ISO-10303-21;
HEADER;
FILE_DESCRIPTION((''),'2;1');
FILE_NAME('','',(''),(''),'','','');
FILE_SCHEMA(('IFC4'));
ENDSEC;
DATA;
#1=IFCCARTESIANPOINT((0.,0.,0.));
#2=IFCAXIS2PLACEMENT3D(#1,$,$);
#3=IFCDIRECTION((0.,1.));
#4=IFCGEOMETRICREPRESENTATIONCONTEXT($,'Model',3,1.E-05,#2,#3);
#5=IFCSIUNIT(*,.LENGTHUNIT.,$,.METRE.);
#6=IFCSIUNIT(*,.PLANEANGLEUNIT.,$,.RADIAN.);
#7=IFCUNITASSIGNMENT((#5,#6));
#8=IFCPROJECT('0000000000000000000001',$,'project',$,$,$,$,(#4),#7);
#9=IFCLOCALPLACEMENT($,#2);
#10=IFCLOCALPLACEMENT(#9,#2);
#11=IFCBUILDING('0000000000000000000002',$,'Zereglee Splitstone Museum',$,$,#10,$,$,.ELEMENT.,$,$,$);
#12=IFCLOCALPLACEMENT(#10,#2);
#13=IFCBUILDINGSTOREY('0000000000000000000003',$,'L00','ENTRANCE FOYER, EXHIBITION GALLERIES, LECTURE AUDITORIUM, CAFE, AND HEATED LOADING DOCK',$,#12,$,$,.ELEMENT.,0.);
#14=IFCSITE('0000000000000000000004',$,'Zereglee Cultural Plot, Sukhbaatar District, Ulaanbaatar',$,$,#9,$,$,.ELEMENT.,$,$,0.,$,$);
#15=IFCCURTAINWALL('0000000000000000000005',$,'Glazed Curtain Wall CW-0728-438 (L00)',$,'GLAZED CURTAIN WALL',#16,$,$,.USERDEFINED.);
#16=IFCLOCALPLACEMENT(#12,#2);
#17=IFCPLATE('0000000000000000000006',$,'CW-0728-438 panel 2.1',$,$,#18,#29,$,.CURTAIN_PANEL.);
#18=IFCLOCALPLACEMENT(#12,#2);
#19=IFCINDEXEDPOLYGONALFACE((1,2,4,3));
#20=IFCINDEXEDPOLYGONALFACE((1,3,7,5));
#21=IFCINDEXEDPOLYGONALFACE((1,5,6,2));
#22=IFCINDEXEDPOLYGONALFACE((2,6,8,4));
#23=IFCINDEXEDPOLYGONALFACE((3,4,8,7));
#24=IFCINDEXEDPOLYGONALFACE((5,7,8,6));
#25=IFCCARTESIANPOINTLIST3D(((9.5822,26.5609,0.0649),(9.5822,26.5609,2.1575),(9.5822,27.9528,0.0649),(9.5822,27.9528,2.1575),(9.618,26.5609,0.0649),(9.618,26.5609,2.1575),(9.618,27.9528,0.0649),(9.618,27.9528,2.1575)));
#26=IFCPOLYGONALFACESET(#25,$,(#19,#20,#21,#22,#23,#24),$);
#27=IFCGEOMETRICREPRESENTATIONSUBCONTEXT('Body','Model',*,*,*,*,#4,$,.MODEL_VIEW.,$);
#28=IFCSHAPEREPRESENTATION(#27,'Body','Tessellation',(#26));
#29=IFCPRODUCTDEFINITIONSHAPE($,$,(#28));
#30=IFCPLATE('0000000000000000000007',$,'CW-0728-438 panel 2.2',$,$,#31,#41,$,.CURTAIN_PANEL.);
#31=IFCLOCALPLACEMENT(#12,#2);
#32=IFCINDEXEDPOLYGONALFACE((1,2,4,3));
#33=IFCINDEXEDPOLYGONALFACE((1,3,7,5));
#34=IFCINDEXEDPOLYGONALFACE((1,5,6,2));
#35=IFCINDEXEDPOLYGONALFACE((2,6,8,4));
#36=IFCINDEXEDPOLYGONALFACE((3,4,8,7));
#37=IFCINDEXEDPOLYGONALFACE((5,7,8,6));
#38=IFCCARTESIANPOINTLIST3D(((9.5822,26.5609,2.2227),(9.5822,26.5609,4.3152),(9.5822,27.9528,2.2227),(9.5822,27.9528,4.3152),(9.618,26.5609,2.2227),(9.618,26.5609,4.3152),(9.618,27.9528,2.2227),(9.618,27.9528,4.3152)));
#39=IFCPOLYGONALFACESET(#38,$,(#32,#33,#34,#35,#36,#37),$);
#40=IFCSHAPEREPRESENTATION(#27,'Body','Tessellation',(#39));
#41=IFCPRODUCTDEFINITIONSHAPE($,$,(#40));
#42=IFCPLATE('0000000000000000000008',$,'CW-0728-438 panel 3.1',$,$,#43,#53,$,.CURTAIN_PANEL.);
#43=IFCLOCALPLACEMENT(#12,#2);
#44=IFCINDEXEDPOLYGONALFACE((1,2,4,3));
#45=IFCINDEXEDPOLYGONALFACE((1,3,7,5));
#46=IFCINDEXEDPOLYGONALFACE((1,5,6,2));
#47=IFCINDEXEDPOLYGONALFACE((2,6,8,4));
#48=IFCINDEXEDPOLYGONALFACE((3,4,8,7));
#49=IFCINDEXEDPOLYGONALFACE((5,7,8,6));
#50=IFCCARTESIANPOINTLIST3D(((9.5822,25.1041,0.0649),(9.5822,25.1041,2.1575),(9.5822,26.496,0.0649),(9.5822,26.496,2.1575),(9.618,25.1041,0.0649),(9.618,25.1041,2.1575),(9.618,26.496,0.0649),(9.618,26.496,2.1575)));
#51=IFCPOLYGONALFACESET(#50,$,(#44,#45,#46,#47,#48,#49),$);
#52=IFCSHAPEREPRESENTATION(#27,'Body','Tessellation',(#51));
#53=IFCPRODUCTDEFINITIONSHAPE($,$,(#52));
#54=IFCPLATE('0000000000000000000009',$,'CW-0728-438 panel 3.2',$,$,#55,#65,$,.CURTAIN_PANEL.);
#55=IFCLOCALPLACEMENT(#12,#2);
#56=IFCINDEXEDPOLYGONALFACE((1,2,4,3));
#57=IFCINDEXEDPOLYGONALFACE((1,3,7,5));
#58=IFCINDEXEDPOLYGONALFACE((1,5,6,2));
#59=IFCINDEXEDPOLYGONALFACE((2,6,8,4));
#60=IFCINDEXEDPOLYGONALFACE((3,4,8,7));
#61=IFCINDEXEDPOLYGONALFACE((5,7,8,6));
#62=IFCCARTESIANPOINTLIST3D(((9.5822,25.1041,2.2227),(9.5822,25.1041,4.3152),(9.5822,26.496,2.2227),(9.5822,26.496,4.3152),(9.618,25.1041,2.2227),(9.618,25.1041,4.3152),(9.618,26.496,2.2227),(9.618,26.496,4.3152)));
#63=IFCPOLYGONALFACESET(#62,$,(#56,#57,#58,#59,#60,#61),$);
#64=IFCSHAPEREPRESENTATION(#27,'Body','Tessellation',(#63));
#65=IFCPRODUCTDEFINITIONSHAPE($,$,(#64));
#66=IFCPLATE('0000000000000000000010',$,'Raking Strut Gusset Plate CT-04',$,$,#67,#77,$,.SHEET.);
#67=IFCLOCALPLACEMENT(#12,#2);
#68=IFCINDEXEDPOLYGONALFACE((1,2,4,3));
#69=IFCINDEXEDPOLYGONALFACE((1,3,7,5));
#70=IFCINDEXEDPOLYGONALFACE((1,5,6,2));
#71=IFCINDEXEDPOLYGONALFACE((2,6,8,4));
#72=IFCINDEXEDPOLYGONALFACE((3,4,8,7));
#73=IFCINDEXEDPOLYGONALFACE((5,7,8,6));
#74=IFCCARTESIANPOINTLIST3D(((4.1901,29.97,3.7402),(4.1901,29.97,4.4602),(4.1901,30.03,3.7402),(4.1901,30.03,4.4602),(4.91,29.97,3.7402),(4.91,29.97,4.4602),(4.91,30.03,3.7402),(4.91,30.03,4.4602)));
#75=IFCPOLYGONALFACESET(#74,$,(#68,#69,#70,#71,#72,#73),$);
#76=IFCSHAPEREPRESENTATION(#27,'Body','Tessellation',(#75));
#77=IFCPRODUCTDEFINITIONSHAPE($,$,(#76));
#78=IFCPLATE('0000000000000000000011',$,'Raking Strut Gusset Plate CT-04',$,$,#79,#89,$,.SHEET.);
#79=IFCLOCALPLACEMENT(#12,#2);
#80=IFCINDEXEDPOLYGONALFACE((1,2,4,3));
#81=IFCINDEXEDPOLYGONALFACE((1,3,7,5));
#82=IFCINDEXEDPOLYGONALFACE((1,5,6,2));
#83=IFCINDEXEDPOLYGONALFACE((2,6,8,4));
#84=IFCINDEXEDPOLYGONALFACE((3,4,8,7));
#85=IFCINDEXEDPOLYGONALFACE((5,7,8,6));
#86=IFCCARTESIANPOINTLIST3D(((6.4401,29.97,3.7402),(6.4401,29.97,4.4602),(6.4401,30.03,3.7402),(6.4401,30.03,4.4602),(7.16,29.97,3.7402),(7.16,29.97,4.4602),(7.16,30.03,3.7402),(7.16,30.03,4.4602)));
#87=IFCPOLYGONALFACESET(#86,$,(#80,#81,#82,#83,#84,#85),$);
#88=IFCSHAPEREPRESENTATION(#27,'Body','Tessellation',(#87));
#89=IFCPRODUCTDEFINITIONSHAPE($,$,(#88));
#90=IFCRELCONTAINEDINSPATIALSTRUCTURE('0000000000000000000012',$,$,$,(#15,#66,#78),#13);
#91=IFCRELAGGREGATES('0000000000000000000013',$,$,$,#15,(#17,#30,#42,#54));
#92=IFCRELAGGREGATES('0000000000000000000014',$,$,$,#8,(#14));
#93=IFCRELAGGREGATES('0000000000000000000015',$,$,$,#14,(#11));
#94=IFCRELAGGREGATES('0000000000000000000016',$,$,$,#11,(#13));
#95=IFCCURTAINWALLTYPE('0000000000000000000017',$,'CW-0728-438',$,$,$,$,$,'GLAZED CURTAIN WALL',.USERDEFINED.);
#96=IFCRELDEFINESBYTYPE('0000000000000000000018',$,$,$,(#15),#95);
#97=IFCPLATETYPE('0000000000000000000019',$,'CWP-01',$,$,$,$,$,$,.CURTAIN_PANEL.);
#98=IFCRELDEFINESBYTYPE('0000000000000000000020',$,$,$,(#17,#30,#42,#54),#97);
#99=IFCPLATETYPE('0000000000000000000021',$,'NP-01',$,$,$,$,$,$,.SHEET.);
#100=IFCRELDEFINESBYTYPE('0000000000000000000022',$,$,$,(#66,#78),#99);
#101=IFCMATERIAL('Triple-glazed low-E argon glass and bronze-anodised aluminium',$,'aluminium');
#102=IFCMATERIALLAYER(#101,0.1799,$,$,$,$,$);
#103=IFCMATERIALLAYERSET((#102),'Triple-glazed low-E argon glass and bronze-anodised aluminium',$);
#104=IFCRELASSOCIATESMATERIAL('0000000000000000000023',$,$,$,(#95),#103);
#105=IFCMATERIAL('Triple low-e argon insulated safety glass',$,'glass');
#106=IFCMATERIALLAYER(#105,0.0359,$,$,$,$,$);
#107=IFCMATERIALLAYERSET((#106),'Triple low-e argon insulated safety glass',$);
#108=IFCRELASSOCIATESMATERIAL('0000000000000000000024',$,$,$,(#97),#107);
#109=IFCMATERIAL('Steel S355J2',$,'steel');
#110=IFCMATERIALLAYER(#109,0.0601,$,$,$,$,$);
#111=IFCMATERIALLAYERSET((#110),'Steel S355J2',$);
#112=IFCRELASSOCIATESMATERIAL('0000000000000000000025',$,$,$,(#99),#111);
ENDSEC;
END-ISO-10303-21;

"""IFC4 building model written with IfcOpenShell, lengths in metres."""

from ifc_helpers import new_model, si_unit, direction, frame, origin, origin_2d, place, context, subcontext, project, spatial, rectangle, extrude, material, layer, layer_set, type_object, element, aggregate, save


model = new_model("IFC4")

# Units and contexts
model_context = context("Model", 3, precision=1e-05, world=origin(), true_north=direction((0.0, 1.0)))
body_context = subcontext(model_context, "Body", "Model", "MODEL_VIEW")
ifc_project = project(units=[si_unit("LENGTHUNIT", "METRE"), si_unit("PLANEANGLEUNIT", "RADIAN")], contexts=[model_context])

# Site, building, storey
site_placement = place(None, origin())
site = spatial("IfcSite", under=ifc_project, at=site_placement, Name="Zereglee Cultural Plot, Sukhbaatar District, Ulaanbaatar", CompositionType="ELEMENT", RefElevation=0.0)
building_placement = place(site_placement, origin())
building = spatial("IfcBuilding", under=site, at=building_placement, Name="Zereglee Splitstone Museum", CompositionType="ELEMENT")
storey_placement = place(building_placement, origin())
storey = spatial("IfcBuildingStorey", under=building, at=storey_placement, Name="L00", Description="ENTRANCE FOYER, EXHIBITION GALLERIES, LECTURE AUDITORIUM, CAFE, AND HEATED LOADING DOCK", CompositionType="ELEMENT", Elevation=0.0)

# Curtain wall, plates
ifc_material_1 = material(Name="Triple-glazed low-E argon glass and bronze-anodised aluminium", Category="aluminium")
ifc_layer_1 = layer(ifc_material_1, 0.1799)
ifc_layer_set_1 = layer_set([ifc_layer_1], Name="Triple-glazed low-E argon glass and bronze-anodised aluminium")
curtain_wall_type = type_object("IfcCurtainWallType", Name="CW-0728-438", ElementType="GLAZED CURTAIN WALL", PredefinedType="USERDEFINED", material=ifc_layer_set_1)
curtain_wall_placement = place(storey_placement, origin())
curtain_wall = element("IfcCurtainWall", 1, at=curtain_wall_placement, inside=storey, type_object=curtain_wall_type, Name="Glazed Curtain Wall CW-0728-438 (L00)", ObjectType="GLAZED CURTAIN WALL", PredefinedType="USERDEFINED")
ifc_material_2 = material(Name="Triple low-e argon insulated safety glass", Category="glass")
ifc_layer_2 = layer(ifc_material_2, 0.0359)
ifc_layer_set_2 = layer_set([ifc_layer_2], Name="Triple low-e argon insulated safety glass")
plate_type_1 = type_object("IfcPlateType", Name="CWP-01", PredefinedType="CURTAIN_PANEL", material=ifc_layer_set_2)
plate_1_placement = place(storey_placement, frame((9.6001, 27.2568, 0.0649), z_axis=(0.0, 0.0, 1.0), x_axis=(0.0, -1.0, 0.0)))
plate_1 = element("IfcPlate", 2, at=plate_1_placement, type_object=plate_type_1, Name="CW-0728-438 panel 2.1", PredefinedType="CURTAIN_PANEL", context=body_context, shape_type="SweptSolid", body=[
    extrude(rectangle(XDim=1.3918, YDim=0.0359, at=origin_2d()), origin(), (0.0, 0.0, 1.0), 2.0925),
])
plate_2_placement = place(storey_placement, frame((9.6001, 27.2568, 2.2227), z_axis=(0.0, 0.0, 1.0), x_axis=(0.0, -1.0, 0.0)))
plate_2 = element("IfcPlate", 3, at=plate_2_placement, type_object=plate_type_1, Name="CW-0728-438 panel 2.2", PredefinedType="CURTAIN_PANEL", context=body_context, shape_type="SweptSolid", body=[
    extrude(rectangle(XDim=1.3918, YDim=0.0359, at=origin_2d()), origin(), (0.0, 0.0, 1.0), 2.0925),
])
plate_3_placement = place(storey_placement, frame((9.6001, 25.8, 0.0649), z_axis=(0.0, 0.0, 1.0), x_axis=(0.0, -1.0, 0.0)))
plate_3 = element("IfcPlate", 4, at=plate_3_placement, type_object=plate_type_1, Name="CW-0728-438 panel 3.1", PredefinedType="CURTAIN_PANEL", context=body_context, shape_type="SweptSolid", body=[
    extrude(rectangle(XDim=1.3918, YDim=0.0359, at=origin_2d()), origin(), (0.0, 0.0, 1.0), 2.0925),
])
plate_4_placement = place(storey_placement, frame((9.6001, 25.8, 2.2227), z_axis=(0.0, 0.0, 1.0), x_axis=(0.0, -1.0, 0.0)))
plate_4 = element("IfcPlate", 5, at=plate_4_placement, type_object=plate_type_1, Name="CW-0728-438 panel 3.2", PredefinedType="CURTAIN_PANEL", context=body_context, shape_type="SweptSolid", body=[
    extrude(rectangle(XDim=1.3918, YDim=0.0359, at=origin_2d()), origin(), (0.0, 0.0, 1.0), 2.0925),
])
aggregate(curtain_wall, [plate_1, plate_2, plate_3, plate_4])

# Plates
ifc_material_3 = material(Name="Steel S355J2", Category="steel")
ifc_layer_3 = layer(ifc_material_3, 0.0601)
ifc_layer_set_3 = layer_set([ifc_layer_3], Name="Steel S355J2")
plate_type_2 = type_object("IfcPlateType", Name="NP-01", PredefinedType="SHEET", material=ifc_layer_set_3)
for number, where, z_axis, x_axis, name in (
    (6, (4.55, 30.0, 3.7402), (0.0, 0.0, 1.0), (1.0, 0.0, 0.0), "Raking Strut Gusset Plate CT-04"),
    (7, (6.8, 30.0, 3.7402), (0.0, 0.0, 1.0), (1.0, 0.0, 0.0), "Raking Strut Gusset Plate CT-04"),
):
    element("IfcPlate", number, at=place(storey_placement, frame(where, z_axis=z_axis, x_axis=x_axis)), inside=storey, type_object=plate_type_2, Name=name, PredefinedType="SHEET", context=body_context, shape_type="SweptSolid", body=[
        extrude(rectangle(XDim=0.72, YDim=0.0601, at=origin_2d()), origin(), (0.0, 0.0, 1.0), 0.72),
    ])

save(model, "model.ifc")
